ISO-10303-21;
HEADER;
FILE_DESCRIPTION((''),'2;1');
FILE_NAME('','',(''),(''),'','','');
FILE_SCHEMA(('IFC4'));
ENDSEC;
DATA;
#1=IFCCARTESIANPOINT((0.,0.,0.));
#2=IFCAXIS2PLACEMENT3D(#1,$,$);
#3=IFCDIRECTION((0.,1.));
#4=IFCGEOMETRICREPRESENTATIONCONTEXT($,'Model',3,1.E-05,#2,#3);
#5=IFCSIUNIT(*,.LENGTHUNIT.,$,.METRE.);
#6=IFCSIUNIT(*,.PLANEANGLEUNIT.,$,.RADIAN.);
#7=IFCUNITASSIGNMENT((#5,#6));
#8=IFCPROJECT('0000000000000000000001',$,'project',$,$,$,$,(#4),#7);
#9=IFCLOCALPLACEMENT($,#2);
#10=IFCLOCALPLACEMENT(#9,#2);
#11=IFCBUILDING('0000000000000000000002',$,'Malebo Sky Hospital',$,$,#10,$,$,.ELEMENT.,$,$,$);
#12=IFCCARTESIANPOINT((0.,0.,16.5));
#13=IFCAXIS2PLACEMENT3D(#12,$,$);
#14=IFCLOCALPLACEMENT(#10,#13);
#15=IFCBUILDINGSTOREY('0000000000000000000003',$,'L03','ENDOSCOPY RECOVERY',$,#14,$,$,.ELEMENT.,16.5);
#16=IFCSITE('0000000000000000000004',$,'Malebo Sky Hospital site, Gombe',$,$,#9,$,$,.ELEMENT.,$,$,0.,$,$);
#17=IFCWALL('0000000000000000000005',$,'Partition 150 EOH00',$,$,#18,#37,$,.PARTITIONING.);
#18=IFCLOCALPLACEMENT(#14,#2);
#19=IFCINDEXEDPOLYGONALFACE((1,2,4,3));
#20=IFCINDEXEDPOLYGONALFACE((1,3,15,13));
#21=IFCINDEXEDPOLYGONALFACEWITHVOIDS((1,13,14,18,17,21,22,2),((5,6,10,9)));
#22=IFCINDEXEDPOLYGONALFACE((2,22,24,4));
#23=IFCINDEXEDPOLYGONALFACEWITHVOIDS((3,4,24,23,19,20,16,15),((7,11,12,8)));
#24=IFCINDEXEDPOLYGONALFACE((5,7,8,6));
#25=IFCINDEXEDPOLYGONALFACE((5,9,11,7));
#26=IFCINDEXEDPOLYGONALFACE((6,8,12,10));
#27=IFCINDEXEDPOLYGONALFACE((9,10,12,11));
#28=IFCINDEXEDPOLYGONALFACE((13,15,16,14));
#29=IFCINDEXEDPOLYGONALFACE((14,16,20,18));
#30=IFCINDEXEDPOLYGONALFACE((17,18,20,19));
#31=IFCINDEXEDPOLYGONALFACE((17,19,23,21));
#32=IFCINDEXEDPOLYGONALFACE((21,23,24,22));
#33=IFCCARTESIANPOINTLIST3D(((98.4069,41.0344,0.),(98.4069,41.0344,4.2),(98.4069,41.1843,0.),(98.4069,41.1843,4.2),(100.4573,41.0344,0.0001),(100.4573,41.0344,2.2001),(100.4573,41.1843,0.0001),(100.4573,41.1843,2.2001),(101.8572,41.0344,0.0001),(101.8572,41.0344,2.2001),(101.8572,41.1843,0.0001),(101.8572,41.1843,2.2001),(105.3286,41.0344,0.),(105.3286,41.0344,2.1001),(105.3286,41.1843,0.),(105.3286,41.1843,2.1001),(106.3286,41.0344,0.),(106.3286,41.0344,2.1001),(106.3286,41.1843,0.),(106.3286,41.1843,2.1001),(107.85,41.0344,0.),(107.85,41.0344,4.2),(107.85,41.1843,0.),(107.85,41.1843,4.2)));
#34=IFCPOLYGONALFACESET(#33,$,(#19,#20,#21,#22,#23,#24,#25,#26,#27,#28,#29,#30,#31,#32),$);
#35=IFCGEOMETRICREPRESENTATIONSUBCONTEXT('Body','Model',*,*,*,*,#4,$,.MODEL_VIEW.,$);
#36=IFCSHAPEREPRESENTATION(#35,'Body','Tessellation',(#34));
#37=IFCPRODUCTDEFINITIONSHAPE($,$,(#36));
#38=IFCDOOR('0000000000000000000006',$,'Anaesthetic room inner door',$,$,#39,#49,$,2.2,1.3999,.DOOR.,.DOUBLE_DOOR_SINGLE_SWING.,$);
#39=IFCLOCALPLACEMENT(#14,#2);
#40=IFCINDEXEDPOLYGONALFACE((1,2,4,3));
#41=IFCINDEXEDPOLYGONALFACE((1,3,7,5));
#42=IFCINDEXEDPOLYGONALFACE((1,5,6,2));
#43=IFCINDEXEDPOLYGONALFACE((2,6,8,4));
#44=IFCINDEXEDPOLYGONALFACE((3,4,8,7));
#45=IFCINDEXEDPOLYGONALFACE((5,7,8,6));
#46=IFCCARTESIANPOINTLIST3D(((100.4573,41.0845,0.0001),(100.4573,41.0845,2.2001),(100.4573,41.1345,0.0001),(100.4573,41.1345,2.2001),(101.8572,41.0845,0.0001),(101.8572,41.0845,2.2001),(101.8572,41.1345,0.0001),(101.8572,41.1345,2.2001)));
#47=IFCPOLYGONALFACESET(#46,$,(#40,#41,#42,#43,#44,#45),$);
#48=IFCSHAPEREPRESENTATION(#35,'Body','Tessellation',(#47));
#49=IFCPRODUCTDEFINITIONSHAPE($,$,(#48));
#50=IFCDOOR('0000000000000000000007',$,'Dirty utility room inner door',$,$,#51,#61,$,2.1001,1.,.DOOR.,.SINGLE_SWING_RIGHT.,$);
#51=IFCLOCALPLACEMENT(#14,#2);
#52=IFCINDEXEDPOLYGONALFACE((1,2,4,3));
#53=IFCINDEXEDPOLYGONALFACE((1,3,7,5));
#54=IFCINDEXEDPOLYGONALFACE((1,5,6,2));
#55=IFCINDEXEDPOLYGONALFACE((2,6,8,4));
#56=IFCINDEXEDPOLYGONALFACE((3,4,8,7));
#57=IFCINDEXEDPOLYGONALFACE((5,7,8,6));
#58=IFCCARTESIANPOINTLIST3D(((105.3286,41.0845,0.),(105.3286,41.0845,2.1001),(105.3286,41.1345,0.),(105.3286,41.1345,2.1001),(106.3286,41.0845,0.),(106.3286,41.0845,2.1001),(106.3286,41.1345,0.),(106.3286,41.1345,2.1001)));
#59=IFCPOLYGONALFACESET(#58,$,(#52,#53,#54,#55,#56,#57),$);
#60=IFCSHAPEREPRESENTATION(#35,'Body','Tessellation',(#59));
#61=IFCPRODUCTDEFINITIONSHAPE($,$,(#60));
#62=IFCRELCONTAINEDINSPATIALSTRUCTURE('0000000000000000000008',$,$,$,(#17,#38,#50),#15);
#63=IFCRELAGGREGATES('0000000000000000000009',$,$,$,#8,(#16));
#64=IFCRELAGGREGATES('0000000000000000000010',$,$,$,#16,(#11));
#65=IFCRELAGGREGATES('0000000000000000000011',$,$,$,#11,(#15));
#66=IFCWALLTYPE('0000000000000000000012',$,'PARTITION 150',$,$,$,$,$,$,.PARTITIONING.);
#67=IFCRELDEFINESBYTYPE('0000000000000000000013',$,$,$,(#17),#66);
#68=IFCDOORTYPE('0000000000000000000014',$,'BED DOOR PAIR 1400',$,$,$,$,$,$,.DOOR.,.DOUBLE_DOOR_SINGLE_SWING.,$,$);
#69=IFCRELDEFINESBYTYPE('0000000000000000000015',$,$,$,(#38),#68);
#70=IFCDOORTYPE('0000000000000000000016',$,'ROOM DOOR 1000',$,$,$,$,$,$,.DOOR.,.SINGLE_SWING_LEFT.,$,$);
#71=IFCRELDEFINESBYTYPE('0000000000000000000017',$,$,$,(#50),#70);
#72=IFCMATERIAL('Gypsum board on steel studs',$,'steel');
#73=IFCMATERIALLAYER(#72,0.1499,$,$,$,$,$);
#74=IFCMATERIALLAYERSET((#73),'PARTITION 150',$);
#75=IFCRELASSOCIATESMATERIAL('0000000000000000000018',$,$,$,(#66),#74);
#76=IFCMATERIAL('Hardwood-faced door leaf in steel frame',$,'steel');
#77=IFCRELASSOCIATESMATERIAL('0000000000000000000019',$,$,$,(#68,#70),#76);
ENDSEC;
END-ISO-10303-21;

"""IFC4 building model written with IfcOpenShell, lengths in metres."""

from ifc_helpers import new_model, si_unit, direction, frame, frame_2d, origin, place, context, subcontext, project, spatial, rectangle, extrude, material, layer, layer_set, type_object, element, fill, save


model = new_model("IFC4")

# Units and contexts
model_context = context("Model", 3, precision=1e-05, world=origin(), true_north=direction((0.0, 1.0)))
body_context = subcontext(model_context, "Body", "Model", "MODEL_VIEW")
ifc_project = project(units=[si_unit("LENGTHUNIT", "METRE"), si_unit("PLANEANGLEUNIT", "RADIAN")], contexts=[model_context])

# Site, building, storey
site_placement = place(None, origin())
site = spatial("IfcSite", under=ifc_project, at=site_placement, Name="Malebo Sky Hospital site, Gombe", CompositionType="ELEMENT", RefElevation=0.0)
building_placement = place(site_placement, origin())
building = spatial("IfcBuilding", under=site, at=building_placement, Name="Malebo Sky Hospital", CompositionType="ELEMENT")
storey_placement = place(building_placement, frame((0.0, 0.0, 16.5)))
storey = spatial("IfcBuildingStorey", under=building, at=storey_placement, Name="L03", Description="ENDOSCOPY RECOVERY", CompositionType="ELEMENT", Elevation=16.5)

# Wall, openings, doors
ifc_material_1 = material(Name="Gypsum board on steel studs", Category="steel")
ifc_layer_1 = layer(ifc_material_1, 0.1499)
ifc_layer_set_1 = layer_set([ifc_layer_1], Name="PARTITION 150")
wall_type = type_object("IfcWallType", Name="PARTITION 150", PredefinedType="PARTITIONING", material=ifc_layer_set_1)
wall_placement = place(storey_placement, frame((107.8501, 41.1094, 0.0), z_axis=(0.0, 0.0, 1.0), x_axis=(-1.0, 0.0, 0.0)))
wall = element("IfcWall", 1, at=wall_placement, inside=storey, type_object=wall_type, Name="Partition 150 EOH00", PredefinedType="PARTITIONING", context=body_context, shape_type="SweptSolid", body=[
    extrude(rectangle(XDim=9.4431, YDim=0.1499, at=frame_2d((4.7217, 0.0))), origin(), (0.0, 0.0, 1.0), 4.2),
])
opening_1_placement = place(wall_placement, frame((5.9929, 0.0, 0.0)))
opening_1 = element("IfcOpeningElement", 2, at=opening_1_placement, cuts=wall, PredefinedType="OPENING", context=body_context, shape_type="SweptSolid", body=[
    extrude(rectangle(XDim=1.3999, YDim=2.2, at=frame_2d((0.7, 1.1001))), frame((0.0, 0.085, 0.0), z_axis=(0.0, -1.0, 0.0), x_axis=(1.0, 0.0, 0.0)), (0.0, 0.0, 1.0), 0.1699),
])
opening_2_placement = place(wall_placement, frame((1.5215, 0.0, 0.0)))
opening_2 = element("IfcOpeningElement", 3, at=opening_2_placement, cuts=wall, PredefinedType="OPENING", context=body_context, shape_type="SweptSolid", body=[
    extrude(rectangle(XDim=1.0, YDim=2.1001, at=frame_2d((0.5, 1.05))), frame((0.0, 0.085, 0.0), z_axis=(0.0, -1.0, 0.0), x_axis=(1.0, 0.0, 0.0)), (0.0, 0.0, 1.0), 0.1699),
])
ifc_material_2 = material(Name="Hardwood-faced door leaf in steel frame", Category="steel")
door_type_1 = type_object("IfcDoorType", Name="BED DOOR PAIR 1400", OperationType="DOUBLE_DOOR_SINGLE_SWING", PredefinedType="DOOR", material=ifc_material_2)
door_1_placement = place(opening_1_placement, origin())
door_1 = element("IfcDoor", 4, at=door_1_placement, inside=storey, type_object=door_type_1, Name="Anaesthetic room inner door", OperationType="DOUBLE_DOOR_SINGLE_SWING", OverallHeight=2.2, OverallWidth=1.3999, PredefinedType="DOOR", context=body_context, shape_type="SweptSolid", body=[
    extrude(rectangle(XDim=1.3999, YDim=2.2, at=frame_2d((0.7, 1.1001))), frame((0.0, 0.0249, 0.0), z_axis=(0.0, -1.0, 0.0), x_axis=(1.0, 0.0, 0.0)), (0.0, 0.0, 1.0), 0.05),
])
fill(opening_1, door_1)
door_type_2 = type_object("IfcDoorType", Name="ROOM DOOR 1000", OperationType="SINGLE_SWING_LEFT", PredefinedType="DOOR", material=ifc_material_2)
door_2_placement = place(opening_2_placement, origin())
door_2 = element("IfcDoor", 5, at=door_2_placement, inside=storey, type_object=door_type_2, Name="Dirty utility room inner door", OperationType="SINGLE_SWING_RIGHT", OverallHeight=2.1001, OverallWidth=1.0, PredefinedType="DOOR", context=body_context, shape_type="SweptSolid", body=[
    extrude(rectangle(XDim=1.0, YDim=2.1001, at=frame_2d((0.5, 1.05))), frame((0.0, 0.0249, 0.0), z_axis=(0.0, -1.0, 0.0), x_axis=(1.0, 0.0, 0.0)), (0.0, 0.0, 1.0), 0.05),
])
fill(opening_2, door_2)

save(model, "model.ifc")
